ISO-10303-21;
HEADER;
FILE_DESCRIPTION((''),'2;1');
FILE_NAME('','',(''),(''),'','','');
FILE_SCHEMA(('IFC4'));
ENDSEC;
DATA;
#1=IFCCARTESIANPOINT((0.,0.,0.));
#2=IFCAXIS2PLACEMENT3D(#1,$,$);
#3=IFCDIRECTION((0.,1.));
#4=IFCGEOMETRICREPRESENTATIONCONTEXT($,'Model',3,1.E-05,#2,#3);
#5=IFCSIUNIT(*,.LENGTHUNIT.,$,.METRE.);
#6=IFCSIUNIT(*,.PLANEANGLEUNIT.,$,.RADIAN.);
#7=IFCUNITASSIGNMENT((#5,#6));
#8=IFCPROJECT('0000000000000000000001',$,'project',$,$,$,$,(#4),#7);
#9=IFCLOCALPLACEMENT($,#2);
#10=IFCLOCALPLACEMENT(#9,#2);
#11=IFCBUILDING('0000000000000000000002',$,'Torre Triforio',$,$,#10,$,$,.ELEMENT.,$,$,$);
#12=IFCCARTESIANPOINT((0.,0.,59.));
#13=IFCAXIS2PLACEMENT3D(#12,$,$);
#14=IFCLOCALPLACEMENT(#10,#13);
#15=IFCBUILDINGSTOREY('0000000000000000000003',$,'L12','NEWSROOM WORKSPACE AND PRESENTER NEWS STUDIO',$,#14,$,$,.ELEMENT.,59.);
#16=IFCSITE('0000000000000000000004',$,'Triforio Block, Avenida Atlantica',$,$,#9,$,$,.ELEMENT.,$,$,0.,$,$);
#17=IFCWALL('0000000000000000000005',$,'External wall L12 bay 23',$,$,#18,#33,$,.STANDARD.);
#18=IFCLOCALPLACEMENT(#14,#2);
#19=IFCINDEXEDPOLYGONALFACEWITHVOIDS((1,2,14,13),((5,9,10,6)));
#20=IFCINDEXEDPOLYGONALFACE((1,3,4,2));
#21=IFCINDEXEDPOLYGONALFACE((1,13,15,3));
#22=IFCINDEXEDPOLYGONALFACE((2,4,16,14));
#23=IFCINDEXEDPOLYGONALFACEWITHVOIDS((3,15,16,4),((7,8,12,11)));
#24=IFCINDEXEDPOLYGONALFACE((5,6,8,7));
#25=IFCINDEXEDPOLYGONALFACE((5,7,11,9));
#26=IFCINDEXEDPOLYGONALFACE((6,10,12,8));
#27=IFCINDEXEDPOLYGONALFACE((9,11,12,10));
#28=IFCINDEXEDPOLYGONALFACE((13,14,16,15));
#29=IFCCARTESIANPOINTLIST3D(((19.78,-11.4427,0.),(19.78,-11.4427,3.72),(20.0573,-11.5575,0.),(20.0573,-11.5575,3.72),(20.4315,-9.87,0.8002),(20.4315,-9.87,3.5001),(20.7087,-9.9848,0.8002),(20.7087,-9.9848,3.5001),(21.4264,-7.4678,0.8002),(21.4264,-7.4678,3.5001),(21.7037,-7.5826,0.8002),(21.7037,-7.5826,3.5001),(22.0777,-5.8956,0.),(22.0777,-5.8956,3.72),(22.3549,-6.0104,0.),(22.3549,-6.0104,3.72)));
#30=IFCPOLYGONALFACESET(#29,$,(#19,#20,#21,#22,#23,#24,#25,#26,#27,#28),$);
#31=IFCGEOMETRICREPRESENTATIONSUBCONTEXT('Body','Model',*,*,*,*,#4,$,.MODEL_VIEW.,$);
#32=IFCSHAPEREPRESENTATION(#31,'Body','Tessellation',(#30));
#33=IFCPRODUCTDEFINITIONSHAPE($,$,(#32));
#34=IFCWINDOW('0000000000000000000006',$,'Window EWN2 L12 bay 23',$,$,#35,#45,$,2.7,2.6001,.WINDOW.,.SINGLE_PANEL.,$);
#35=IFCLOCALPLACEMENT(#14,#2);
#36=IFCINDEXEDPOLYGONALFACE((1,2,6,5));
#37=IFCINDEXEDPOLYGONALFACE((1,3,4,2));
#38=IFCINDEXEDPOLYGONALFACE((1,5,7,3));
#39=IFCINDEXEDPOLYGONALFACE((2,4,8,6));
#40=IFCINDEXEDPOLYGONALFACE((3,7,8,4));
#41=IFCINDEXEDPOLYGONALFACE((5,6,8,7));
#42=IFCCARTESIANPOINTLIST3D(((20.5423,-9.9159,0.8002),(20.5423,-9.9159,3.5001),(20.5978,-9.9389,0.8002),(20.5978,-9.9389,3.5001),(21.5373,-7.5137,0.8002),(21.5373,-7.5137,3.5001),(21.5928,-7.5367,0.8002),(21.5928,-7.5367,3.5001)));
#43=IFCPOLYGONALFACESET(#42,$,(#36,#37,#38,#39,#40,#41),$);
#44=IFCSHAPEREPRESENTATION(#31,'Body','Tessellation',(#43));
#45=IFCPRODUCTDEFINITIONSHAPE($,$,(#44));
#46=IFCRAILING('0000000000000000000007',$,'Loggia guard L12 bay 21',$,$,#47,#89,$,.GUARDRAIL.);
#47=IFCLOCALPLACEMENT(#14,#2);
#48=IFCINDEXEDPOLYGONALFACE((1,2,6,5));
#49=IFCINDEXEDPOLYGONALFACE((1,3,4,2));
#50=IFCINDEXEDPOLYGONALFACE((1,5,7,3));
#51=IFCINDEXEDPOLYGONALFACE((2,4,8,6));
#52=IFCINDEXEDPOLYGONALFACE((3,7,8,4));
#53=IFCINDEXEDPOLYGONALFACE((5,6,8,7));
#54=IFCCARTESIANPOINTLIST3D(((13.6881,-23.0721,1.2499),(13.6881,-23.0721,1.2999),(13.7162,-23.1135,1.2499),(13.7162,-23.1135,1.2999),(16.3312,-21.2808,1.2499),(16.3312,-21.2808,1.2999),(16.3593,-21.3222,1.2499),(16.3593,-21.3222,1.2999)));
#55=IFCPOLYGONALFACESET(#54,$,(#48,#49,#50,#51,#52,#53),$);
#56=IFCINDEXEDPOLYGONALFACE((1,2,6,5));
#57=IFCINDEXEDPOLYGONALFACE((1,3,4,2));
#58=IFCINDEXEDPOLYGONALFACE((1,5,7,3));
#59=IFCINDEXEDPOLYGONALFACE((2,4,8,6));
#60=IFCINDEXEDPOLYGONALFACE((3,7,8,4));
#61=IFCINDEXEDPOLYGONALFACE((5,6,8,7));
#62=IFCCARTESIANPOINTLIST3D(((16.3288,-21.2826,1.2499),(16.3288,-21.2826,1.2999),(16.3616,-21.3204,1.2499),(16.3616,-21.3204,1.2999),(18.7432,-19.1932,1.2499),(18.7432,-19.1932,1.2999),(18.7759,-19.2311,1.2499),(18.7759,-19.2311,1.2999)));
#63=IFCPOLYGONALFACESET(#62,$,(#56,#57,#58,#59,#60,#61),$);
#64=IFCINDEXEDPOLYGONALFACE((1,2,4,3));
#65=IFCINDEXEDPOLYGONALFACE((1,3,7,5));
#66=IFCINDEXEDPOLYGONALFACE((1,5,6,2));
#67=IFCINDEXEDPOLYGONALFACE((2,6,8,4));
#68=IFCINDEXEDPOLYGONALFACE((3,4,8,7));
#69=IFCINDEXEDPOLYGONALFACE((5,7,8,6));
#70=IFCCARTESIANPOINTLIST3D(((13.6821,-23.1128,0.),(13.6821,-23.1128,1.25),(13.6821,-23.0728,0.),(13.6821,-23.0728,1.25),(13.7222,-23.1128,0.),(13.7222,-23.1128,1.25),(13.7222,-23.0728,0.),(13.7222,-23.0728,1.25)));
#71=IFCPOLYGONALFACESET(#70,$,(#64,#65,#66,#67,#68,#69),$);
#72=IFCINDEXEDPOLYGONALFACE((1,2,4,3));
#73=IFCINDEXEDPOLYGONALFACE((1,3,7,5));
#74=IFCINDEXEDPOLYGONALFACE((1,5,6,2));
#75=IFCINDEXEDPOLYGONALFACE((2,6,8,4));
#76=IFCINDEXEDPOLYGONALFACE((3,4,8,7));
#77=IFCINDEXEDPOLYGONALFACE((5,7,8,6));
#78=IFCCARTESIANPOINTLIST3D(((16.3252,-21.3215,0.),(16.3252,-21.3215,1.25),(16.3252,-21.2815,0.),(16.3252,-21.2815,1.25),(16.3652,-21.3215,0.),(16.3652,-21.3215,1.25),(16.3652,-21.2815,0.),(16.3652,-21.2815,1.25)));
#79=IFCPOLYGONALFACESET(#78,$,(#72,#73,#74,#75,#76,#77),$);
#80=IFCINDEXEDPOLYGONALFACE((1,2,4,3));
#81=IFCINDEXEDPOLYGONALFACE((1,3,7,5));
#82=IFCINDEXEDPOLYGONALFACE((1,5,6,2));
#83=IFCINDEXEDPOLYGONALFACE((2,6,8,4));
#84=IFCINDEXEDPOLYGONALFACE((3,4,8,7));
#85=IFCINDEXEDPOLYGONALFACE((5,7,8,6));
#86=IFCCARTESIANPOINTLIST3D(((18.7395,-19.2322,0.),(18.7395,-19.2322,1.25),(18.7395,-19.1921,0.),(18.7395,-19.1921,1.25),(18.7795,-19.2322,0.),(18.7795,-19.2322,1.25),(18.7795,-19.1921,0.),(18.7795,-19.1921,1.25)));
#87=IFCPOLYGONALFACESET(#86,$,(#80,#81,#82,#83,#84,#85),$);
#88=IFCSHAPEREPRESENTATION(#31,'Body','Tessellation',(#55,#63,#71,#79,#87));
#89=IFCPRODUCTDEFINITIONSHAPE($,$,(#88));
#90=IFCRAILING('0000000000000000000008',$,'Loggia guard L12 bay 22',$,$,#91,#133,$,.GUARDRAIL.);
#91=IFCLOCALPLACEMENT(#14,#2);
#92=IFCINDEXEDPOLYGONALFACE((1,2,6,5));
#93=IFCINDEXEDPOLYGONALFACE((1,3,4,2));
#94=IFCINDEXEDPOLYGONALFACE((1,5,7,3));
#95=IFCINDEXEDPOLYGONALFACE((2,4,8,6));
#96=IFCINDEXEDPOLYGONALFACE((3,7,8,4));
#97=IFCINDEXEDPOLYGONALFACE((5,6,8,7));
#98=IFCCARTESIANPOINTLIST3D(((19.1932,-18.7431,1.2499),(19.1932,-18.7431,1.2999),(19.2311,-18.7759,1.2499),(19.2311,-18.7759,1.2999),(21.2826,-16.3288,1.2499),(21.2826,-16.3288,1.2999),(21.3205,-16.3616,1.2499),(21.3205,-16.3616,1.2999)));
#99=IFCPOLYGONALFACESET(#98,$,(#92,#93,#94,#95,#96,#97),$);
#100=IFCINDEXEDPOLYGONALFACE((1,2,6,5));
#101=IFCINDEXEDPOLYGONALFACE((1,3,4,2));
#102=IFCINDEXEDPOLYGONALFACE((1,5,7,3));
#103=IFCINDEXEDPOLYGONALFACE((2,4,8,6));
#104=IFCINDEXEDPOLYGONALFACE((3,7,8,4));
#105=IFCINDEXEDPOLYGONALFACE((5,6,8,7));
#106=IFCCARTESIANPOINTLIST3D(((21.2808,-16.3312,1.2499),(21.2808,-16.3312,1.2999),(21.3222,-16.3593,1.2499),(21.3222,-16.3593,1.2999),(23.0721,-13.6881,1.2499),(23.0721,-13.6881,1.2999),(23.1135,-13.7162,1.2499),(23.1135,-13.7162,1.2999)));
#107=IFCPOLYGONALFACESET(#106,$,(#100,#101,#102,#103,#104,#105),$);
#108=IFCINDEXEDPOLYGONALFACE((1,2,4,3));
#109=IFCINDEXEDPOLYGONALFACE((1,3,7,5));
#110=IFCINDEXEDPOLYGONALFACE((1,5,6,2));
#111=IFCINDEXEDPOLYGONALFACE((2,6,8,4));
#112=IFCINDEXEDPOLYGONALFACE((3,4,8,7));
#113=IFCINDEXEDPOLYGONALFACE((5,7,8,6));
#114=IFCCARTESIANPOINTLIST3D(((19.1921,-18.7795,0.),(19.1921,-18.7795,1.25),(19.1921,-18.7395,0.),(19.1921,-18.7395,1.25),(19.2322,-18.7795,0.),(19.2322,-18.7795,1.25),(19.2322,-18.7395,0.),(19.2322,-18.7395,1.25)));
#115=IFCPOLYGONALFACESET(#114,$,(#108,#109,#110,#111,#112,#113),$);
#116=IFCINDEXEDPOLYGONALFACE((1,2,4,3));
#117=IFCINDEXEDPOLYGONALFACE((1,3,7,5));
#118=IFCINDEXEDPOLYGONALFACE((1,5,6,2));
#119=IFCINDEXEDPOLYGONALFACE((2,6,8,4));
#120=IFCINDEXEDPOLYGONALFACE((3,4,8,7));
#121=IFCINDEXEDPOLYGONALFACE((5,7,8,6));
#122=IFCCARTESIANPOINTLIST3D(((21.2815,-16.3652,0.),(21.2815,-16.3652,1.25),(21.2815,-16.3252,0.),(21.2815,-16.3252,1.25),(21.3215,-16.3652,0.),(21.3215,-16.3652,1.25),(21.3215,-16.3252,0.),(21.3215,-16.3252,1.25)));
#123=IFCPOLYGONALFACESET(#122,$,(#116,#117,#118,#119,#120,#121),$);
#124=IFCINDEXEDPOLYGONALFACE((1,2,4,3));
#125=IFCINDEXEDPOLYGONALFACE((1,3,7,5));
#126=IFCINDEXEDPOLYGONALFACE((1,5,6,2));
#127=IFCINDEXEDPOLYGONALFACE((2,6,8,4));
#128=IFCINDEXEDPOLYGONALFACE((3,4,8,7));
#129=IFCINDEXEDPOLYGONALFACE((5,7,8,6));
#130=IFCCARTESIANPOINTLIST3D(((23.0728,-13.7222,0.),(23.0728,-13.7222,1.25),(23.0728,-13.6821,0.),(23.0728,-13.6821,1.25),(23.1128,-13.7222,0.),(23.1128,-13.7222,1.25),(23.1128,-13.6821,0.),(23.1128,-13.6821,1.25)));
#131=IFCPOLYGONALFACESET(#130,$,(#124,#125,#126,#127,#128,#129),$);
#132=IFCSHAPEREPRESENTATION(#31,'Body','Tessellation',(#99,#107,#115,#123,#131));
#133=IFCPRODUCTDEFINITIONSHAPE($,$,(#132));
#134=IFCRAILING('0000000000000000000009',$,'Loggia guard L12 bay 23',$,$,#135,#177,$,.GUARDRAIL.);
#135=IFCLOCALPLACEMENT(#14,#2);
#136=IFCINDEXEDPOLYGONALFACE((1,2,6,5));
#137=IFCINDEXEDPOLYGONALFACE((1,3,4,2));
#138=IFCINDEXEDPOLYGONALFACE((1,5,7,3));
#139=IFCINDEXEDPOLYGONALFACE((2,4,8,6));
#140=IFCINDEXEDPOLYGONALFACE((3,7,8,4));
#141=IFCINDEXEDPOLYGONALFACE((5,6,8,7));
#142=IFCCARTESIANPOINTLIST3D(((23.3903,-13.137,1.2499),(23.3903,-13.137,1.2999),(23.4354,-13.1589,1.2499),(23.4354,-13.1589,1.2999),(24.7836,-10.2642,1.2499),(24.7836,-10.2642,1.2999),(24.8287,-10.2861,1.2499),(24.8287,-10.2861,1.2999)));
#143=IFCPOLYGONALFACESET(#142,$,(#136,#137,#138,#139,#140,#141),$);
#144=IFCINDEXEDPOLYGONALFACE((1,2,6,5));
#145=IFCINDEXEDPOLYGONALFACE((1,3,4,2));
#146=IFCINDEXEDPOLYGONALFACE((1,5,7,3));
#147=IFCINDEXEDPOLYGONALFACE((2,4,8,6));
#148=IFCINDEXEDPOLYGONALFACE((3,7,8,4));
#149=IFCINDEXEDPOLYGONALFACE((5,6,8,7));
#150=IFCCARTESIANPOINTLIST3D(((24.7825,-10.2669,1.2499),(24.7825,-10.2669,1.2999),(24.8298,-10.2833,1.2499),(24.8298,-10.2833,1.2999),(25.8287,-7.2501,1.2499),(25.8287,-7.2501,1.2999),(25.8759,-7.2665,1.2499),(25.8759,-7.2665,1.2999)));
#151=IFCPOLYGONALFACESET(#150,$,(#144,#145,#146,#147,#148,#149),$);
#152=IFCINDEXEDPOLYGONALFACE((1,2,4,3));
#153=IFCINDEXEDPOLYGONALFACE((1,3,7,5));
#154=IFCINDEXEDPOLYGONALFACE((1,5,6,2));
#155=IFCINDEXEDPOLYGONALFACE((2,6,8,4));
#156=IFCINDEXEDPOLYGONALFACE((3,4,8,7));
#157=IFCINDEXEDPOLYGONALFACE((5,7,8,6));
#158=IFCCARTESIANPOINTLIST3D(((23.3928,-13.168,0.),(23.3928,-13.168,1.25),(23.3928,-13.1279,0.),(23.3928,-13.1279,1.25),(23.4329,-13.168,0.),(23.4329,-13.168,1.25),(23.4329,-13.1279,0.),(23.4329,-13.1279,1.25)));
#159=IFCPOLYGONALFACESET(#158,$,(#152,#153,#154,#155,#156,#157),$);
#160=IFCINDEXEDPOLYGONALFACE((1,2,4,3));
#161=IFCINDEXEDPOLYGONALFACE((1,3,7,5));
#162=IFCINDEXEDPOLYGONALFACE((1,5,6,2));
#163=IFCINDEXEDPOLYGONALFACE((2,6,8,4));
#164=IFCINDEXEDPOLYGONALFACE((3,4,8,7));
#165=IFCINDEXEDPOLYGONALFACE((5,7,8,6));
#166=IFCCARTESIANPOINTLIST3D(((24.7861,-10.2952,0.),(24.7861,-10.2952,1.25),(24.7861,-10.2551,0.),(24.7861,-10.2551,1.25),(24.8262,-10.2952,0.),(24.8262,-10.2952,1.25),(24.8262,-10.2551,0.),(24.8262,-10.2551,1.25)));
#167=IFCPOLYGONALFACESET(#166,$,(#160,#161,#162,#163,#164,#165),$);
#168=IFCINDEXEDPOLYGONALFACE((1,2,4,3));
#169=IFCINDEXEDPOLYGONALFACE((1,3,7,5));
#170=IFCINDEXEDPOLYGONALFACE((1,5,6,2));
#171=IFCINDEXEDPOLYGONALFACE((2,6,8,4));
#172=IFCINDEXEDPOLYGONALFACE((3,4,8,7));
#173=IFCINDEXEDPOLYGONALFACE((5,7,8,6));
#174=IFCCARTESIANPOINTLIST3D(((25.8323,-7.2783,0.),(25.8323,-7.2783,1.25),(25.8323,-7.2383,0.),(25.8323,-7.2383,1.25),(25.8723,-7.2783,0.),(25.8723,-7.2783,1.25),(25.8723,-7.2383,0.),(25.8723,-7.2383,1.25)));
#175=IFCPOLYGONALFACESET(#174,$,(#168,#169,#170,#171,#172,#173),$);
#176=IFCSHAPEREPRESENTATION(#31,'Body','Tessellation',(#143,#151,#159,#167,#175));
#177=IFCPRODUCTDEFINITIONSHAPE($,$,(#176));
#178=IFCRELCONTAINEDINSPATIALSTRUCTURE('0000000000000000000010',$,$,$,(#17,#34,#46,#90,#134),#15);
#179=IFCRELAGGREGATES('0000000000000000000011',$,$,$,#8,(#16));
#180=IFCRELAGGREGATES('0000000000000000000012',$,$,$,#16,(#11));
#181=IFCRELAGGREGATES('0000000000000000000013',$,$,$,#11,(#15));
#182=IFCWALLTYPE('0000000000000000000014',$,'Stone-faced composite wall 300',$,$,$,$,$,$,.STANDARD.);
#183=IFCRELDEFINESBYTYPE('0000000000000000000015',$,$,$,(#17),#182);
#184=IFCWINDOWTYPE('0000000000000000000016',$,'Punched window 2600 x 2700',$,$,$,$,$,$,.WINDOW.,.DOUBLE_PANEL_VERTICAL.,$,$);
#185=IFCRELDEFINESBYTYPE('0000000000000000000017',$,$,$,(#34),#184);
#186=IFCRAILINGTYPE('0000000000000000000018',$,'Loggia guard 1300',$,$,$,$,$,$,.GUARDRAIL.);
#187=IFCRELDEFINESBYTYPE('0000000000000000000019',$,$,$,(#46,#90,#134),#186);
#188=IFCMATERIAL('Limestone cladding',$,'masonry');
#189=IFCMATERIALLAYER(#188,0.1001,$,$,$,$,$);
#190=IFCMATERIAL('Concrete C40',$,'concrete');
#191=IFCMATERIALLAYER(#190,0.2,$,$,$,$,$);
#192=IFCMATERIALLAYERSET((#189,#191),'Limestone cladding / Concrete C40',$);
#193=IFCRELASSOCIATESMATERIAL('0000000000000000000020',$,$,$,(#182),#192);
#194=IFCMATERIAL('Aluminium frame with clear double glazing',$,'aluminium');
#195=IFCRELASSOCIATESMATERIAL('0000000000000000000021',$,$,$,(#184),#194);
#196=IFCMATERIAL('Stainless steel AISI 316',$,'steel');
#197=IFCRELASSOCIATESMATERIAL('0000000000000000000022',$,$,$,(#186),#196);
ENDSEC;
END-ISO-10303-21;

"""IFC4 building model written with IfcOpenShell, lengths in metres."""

from ifc_helpers import new_model, si_unit, direction, frame, frame_2d, origin, origin_2d, place, context, subcontext, project, spatial, rectangle, extrude, material, layer, layer_set, type_object, element, fill, save


model = new_model("IFC4")

# Units and contexts
model_context = context("Model", 3, precision=1e-05, world=origin(), true_north=direction((0.0, 1.0)))
body_context = subcontext(model_context, "Body", "Model", "MODEL_VIEW")
ifc_project = project(units=[si_unit("LENGTHUNIT", "METRE"), si_unit("PLANEANGLEUNIT", "RADIAN")], contexts=[model_context])

# Site, building, storey
site_placement = place(None, origin())
site = spatial("IfcSite", under=ifc_project, at=site_placement, Name="Triforio Block, Avenida Atlantica", CompositionType="ELEMENT", RefElevation=0.0)
building_placement = place(site_placement, origin())
building = spatial("IfcBuilding", under=site, at=building_placement, Name="Torre Triforio", CompositionType="ELEMENT")
storey_placement = place(building_placement, frame((0.0, 0.0, 59.0)))
storey = spatial("IfcBuildingStorey", under=building, at=storey_placement, Name="L12", Description="NEWSROOM WORKSPACE AND PRESENTER NEWS STUDIO", CompositionType="ELEMENT", Elevation=59.0)

# Shared definitions
ifc_material_1 = material(Name="Limestone cladding", Category="masonry")
ifc_material_2 = material(Name="Concrete C40", Category="concrete")

# Shared definitions
ifc_layer_1 = layer(ifc_material_1, 0.1001)
ifc_layer_2 = layer(ifc_material_2, 0.2)
ifc_layer_set_1 = layer_set([ifc_layer_1, ifc_layer_2], Name="Limestone cladding / Concrete C40")
wall_type_1 = type_object("IfcWallType", Name="Stone-faced composite wall 300", PredefinedType="STANDARD", material=ifc_layer_set_1)
ifc_material_3 = material(Name="Aluminium frame with clear double glazing", Category="aluminium")
window_type_1 = type_object("IfcWindowType", Name="Punched window 2600 x 2700", PartitioningType="DOUBLE_PANEL_VERTICAL", PredefinedType="WINDOW", material=ifc_material_3)

# Wall, opening, window
wall_1_placement = place(storey_placement, frame((19.9187, -11.5, 0.0), z_axis=(0.0, 0.0, 1.0), x_axis=(0.382671, 0.923885, 0.0)))
wall_1 = element("IfcWall", 1, at=wall_1_placement, inside=storey, type_object=wall_type_1, Name="External wall L12 bay 23", PredefinedType="STANDARD", context=body_context, shape_type="SweptSolid", body=[
    extrude(rectangle(XDim=6.0042, YDim=0.3, at=frame_2d((3.002, 0.0))), origin(), (0.0, 0.0, 1.0), 3.72),
])
opening_1_placement = place(wall_1_placement, frame((1.7021, 0.0, 0.8)))
opening_1 = element("IfcOpeningElement", 2, at=opening_1_placement, cuts=wall_1, PredefinedType="OPENING", context=body_context, shape_type="SweptSolid", body=[
    extrude(rectangle(XDim=2.6001, YDim=2.7, at=frame_2d((1.3, 1.3501))), frame((0.0, 0.1599, 0.0), z_axis=(0.0, -1.0, 0.0), x_axis=(1.0, 0.0, 0.0)), (0.0, 0.0, 1.0), 0.3201),
])
window_1_placement = place(opening_1_placement, origin())
window_1 = element("IfcWindow", 3, at=window_1_placement, inside=storey, type_object=window_type_1, Name="Window EWN2 L12 bay 23", OverallHeight=2.7, OverallWidth=2.6001, PartitioningType="SINGLE_PANEL", PredefinedType="WINDOW", context=body_context, shape_type="SweptSolid", body=[
    extrude(rectangle(XDim=2.6001, YDim=2.7, at=frame_2d((1.3, 1.3501))), frame((0.0, 0.03, 0.0), z_axis=(0.0, -1.0, 0.0), x_axis=(1.0, 0.0, 0.0)), (0.0, 0.0, 1.0), 0.0601),
])
fill(opening_1, window_1)

# Railings
ifc_material_4 = material(Name="Stainless steel AISI 316", Category="steel")
railing_type = type_object("IfcRailingType", Name="Loggia guard 1300", PredefinedType="GUARDRAIL", material=ifc_material_4)
railing_1_placement = place(storey_placement, frame((13.7021, -23.0928, 0.0)))
element("IfcRailing", 4, at=railing_1_placement, inside=storey, type_object=railing_type, Name="Loggia guard L12 bay 21", PredefinedType="GUARDRAIL", context=body_context, shape_type="SweptSolid", body=[
    extrude(rectangle(XDim=0.05, YDim=0.05, at=origin_2d()), frame((0.0, 0.0, 1.2749), z_axis=(0.827803, 0.561019, 0.0), x_axis=(-0.561019, 0.827803, 0.0)), (0.0, 0.0, 1.0), 3.1929),
    extrude(rectangle(XDim=0.05, YDim=0.05, at=origin_2d()), frame((2.6431, 1.7913, 1.2749), z_axis=(0.756161, 0.654386, 0.0), x_axis=(-0.654386, 0.756161, 0.0)), (0.0, 0.0, 1.0), 3.1929),
    extrude(rectangle(XDim=0.04, YDim=0.04, at=origin_2d()), origin(), (0.0, 0.0, 1.0), 1.25),
    extrude(rectangle(XDim=0.04, YDim=0.04, at=origin_2d()), frame((2.6431, 1.7913, 0.0)), (0.0, 0.0, 1.0), 1.25),
    extrude(rectangle(XDim=0.04, YDim=0.04, at=origin_2d()), frame((5.0574, 3.8806, 0.0)), (0.0, 0.0, 1.0), 1.25),
])
railing_2_placement = place(storey_placement, frame((19.2122, -18.7595, 0.0)))
element("IfcRailing", 5, at=railing_2_placement, inside=storey, type_object=railing_type, Name="Loggia guard L12 bay 22", PredefinedType="GUARDRAIL", context=body_context, shape_type="SweptSolid", body=[
    extrude(rectangle(XDim=0.05, YDim=0.05, at=origin_2d()), frame((0.0, 0.0, 1.2749), z_axis=(0.654386, 0.756161, 0.0), x_axis=(-0.756161, 0.654386, 0.0)), (0.0, 0.0, 1.0), 3.1929),
    extrude(rectangle(XDim=0.05, YDim=0.05, at=origin_2d()), frame((2.0894, 2.4143, 1.2749), z_axis=(0.561019, 0.827803, 0.0), x_axis=(-0.827803, 0.561019, 0.0)), (0.0, 0.0, 1.0), 3.1929),
    extrude(rectangle(XDim=0.04, YDim=0.04, at=origin_2d()), origin(), (0.0, 0.0, 1.0), 1.25),
    extrude(rectangle(XDim=0.04, YDim=0.04, at=origin_2d()), frame((2.0894, 2.4143, 0.0)), (0.0, 0.0, 1.0), 1.25),
    extrude(rectangle(XDim=0.04, YDim=0.04, at=origin_2d()), frame((3.8806, 5.0574, 0.0)), (0.0, 0.0, 1.0), 1.25),
])
railing_3_placement = place(storey_placement, frame((23.4128, -13.1479, 0.0)))
element("IfcRailing", 6, at=railing_3_placement, inside=storey, type_object=railing_type, Name="Loggia guard L12 bay 23", PredefinedType="GUARDRAIL", context=body_context, shape_type="SweptSolid", body=[
    extrude(rectangle(XDim=0.05, YDim=0.05, at=origin_2d()), frame((0.0, 0.0, 1.2749), z_axis=(0.436384, 0.89976, 0.0), x_axis=(-0.89976, 0.436384, 0.0)), (0.0, 0.0, 1.0), 3.1929),
    extrude(rectangle(XDim=0.05, YDim=0.05, at=origin_2d()), frame((1.3933, 2.8728, 1.2749), z_axis=(0.327628, 0.944807, 0.0), x_axis=(-0.944807, 0.327628, 0.0)), (0.0, 0.0, 1.0), 3.1931),
    extrude(rectangle(XDim=0.04, YDim=0.04, at=origin_2d()), origin(), (0.0, 0.0, 1.0), 1.25),
    extrude(rectangle(XDim=0.04, YDim=0.04, at=origin_2d()), frame((1.3933, 2.8728, 0.0)), (0.0, 0.0, 1.0), 1.25),
    extrude(rectangle(XDim=0.04, YDim=0.04, at=origin_2d()), frame((2.4395, 5.8896, 0.0)), (0.0, 0.0, 1.0), 1.25),
])

save(model, "model.ifc")
